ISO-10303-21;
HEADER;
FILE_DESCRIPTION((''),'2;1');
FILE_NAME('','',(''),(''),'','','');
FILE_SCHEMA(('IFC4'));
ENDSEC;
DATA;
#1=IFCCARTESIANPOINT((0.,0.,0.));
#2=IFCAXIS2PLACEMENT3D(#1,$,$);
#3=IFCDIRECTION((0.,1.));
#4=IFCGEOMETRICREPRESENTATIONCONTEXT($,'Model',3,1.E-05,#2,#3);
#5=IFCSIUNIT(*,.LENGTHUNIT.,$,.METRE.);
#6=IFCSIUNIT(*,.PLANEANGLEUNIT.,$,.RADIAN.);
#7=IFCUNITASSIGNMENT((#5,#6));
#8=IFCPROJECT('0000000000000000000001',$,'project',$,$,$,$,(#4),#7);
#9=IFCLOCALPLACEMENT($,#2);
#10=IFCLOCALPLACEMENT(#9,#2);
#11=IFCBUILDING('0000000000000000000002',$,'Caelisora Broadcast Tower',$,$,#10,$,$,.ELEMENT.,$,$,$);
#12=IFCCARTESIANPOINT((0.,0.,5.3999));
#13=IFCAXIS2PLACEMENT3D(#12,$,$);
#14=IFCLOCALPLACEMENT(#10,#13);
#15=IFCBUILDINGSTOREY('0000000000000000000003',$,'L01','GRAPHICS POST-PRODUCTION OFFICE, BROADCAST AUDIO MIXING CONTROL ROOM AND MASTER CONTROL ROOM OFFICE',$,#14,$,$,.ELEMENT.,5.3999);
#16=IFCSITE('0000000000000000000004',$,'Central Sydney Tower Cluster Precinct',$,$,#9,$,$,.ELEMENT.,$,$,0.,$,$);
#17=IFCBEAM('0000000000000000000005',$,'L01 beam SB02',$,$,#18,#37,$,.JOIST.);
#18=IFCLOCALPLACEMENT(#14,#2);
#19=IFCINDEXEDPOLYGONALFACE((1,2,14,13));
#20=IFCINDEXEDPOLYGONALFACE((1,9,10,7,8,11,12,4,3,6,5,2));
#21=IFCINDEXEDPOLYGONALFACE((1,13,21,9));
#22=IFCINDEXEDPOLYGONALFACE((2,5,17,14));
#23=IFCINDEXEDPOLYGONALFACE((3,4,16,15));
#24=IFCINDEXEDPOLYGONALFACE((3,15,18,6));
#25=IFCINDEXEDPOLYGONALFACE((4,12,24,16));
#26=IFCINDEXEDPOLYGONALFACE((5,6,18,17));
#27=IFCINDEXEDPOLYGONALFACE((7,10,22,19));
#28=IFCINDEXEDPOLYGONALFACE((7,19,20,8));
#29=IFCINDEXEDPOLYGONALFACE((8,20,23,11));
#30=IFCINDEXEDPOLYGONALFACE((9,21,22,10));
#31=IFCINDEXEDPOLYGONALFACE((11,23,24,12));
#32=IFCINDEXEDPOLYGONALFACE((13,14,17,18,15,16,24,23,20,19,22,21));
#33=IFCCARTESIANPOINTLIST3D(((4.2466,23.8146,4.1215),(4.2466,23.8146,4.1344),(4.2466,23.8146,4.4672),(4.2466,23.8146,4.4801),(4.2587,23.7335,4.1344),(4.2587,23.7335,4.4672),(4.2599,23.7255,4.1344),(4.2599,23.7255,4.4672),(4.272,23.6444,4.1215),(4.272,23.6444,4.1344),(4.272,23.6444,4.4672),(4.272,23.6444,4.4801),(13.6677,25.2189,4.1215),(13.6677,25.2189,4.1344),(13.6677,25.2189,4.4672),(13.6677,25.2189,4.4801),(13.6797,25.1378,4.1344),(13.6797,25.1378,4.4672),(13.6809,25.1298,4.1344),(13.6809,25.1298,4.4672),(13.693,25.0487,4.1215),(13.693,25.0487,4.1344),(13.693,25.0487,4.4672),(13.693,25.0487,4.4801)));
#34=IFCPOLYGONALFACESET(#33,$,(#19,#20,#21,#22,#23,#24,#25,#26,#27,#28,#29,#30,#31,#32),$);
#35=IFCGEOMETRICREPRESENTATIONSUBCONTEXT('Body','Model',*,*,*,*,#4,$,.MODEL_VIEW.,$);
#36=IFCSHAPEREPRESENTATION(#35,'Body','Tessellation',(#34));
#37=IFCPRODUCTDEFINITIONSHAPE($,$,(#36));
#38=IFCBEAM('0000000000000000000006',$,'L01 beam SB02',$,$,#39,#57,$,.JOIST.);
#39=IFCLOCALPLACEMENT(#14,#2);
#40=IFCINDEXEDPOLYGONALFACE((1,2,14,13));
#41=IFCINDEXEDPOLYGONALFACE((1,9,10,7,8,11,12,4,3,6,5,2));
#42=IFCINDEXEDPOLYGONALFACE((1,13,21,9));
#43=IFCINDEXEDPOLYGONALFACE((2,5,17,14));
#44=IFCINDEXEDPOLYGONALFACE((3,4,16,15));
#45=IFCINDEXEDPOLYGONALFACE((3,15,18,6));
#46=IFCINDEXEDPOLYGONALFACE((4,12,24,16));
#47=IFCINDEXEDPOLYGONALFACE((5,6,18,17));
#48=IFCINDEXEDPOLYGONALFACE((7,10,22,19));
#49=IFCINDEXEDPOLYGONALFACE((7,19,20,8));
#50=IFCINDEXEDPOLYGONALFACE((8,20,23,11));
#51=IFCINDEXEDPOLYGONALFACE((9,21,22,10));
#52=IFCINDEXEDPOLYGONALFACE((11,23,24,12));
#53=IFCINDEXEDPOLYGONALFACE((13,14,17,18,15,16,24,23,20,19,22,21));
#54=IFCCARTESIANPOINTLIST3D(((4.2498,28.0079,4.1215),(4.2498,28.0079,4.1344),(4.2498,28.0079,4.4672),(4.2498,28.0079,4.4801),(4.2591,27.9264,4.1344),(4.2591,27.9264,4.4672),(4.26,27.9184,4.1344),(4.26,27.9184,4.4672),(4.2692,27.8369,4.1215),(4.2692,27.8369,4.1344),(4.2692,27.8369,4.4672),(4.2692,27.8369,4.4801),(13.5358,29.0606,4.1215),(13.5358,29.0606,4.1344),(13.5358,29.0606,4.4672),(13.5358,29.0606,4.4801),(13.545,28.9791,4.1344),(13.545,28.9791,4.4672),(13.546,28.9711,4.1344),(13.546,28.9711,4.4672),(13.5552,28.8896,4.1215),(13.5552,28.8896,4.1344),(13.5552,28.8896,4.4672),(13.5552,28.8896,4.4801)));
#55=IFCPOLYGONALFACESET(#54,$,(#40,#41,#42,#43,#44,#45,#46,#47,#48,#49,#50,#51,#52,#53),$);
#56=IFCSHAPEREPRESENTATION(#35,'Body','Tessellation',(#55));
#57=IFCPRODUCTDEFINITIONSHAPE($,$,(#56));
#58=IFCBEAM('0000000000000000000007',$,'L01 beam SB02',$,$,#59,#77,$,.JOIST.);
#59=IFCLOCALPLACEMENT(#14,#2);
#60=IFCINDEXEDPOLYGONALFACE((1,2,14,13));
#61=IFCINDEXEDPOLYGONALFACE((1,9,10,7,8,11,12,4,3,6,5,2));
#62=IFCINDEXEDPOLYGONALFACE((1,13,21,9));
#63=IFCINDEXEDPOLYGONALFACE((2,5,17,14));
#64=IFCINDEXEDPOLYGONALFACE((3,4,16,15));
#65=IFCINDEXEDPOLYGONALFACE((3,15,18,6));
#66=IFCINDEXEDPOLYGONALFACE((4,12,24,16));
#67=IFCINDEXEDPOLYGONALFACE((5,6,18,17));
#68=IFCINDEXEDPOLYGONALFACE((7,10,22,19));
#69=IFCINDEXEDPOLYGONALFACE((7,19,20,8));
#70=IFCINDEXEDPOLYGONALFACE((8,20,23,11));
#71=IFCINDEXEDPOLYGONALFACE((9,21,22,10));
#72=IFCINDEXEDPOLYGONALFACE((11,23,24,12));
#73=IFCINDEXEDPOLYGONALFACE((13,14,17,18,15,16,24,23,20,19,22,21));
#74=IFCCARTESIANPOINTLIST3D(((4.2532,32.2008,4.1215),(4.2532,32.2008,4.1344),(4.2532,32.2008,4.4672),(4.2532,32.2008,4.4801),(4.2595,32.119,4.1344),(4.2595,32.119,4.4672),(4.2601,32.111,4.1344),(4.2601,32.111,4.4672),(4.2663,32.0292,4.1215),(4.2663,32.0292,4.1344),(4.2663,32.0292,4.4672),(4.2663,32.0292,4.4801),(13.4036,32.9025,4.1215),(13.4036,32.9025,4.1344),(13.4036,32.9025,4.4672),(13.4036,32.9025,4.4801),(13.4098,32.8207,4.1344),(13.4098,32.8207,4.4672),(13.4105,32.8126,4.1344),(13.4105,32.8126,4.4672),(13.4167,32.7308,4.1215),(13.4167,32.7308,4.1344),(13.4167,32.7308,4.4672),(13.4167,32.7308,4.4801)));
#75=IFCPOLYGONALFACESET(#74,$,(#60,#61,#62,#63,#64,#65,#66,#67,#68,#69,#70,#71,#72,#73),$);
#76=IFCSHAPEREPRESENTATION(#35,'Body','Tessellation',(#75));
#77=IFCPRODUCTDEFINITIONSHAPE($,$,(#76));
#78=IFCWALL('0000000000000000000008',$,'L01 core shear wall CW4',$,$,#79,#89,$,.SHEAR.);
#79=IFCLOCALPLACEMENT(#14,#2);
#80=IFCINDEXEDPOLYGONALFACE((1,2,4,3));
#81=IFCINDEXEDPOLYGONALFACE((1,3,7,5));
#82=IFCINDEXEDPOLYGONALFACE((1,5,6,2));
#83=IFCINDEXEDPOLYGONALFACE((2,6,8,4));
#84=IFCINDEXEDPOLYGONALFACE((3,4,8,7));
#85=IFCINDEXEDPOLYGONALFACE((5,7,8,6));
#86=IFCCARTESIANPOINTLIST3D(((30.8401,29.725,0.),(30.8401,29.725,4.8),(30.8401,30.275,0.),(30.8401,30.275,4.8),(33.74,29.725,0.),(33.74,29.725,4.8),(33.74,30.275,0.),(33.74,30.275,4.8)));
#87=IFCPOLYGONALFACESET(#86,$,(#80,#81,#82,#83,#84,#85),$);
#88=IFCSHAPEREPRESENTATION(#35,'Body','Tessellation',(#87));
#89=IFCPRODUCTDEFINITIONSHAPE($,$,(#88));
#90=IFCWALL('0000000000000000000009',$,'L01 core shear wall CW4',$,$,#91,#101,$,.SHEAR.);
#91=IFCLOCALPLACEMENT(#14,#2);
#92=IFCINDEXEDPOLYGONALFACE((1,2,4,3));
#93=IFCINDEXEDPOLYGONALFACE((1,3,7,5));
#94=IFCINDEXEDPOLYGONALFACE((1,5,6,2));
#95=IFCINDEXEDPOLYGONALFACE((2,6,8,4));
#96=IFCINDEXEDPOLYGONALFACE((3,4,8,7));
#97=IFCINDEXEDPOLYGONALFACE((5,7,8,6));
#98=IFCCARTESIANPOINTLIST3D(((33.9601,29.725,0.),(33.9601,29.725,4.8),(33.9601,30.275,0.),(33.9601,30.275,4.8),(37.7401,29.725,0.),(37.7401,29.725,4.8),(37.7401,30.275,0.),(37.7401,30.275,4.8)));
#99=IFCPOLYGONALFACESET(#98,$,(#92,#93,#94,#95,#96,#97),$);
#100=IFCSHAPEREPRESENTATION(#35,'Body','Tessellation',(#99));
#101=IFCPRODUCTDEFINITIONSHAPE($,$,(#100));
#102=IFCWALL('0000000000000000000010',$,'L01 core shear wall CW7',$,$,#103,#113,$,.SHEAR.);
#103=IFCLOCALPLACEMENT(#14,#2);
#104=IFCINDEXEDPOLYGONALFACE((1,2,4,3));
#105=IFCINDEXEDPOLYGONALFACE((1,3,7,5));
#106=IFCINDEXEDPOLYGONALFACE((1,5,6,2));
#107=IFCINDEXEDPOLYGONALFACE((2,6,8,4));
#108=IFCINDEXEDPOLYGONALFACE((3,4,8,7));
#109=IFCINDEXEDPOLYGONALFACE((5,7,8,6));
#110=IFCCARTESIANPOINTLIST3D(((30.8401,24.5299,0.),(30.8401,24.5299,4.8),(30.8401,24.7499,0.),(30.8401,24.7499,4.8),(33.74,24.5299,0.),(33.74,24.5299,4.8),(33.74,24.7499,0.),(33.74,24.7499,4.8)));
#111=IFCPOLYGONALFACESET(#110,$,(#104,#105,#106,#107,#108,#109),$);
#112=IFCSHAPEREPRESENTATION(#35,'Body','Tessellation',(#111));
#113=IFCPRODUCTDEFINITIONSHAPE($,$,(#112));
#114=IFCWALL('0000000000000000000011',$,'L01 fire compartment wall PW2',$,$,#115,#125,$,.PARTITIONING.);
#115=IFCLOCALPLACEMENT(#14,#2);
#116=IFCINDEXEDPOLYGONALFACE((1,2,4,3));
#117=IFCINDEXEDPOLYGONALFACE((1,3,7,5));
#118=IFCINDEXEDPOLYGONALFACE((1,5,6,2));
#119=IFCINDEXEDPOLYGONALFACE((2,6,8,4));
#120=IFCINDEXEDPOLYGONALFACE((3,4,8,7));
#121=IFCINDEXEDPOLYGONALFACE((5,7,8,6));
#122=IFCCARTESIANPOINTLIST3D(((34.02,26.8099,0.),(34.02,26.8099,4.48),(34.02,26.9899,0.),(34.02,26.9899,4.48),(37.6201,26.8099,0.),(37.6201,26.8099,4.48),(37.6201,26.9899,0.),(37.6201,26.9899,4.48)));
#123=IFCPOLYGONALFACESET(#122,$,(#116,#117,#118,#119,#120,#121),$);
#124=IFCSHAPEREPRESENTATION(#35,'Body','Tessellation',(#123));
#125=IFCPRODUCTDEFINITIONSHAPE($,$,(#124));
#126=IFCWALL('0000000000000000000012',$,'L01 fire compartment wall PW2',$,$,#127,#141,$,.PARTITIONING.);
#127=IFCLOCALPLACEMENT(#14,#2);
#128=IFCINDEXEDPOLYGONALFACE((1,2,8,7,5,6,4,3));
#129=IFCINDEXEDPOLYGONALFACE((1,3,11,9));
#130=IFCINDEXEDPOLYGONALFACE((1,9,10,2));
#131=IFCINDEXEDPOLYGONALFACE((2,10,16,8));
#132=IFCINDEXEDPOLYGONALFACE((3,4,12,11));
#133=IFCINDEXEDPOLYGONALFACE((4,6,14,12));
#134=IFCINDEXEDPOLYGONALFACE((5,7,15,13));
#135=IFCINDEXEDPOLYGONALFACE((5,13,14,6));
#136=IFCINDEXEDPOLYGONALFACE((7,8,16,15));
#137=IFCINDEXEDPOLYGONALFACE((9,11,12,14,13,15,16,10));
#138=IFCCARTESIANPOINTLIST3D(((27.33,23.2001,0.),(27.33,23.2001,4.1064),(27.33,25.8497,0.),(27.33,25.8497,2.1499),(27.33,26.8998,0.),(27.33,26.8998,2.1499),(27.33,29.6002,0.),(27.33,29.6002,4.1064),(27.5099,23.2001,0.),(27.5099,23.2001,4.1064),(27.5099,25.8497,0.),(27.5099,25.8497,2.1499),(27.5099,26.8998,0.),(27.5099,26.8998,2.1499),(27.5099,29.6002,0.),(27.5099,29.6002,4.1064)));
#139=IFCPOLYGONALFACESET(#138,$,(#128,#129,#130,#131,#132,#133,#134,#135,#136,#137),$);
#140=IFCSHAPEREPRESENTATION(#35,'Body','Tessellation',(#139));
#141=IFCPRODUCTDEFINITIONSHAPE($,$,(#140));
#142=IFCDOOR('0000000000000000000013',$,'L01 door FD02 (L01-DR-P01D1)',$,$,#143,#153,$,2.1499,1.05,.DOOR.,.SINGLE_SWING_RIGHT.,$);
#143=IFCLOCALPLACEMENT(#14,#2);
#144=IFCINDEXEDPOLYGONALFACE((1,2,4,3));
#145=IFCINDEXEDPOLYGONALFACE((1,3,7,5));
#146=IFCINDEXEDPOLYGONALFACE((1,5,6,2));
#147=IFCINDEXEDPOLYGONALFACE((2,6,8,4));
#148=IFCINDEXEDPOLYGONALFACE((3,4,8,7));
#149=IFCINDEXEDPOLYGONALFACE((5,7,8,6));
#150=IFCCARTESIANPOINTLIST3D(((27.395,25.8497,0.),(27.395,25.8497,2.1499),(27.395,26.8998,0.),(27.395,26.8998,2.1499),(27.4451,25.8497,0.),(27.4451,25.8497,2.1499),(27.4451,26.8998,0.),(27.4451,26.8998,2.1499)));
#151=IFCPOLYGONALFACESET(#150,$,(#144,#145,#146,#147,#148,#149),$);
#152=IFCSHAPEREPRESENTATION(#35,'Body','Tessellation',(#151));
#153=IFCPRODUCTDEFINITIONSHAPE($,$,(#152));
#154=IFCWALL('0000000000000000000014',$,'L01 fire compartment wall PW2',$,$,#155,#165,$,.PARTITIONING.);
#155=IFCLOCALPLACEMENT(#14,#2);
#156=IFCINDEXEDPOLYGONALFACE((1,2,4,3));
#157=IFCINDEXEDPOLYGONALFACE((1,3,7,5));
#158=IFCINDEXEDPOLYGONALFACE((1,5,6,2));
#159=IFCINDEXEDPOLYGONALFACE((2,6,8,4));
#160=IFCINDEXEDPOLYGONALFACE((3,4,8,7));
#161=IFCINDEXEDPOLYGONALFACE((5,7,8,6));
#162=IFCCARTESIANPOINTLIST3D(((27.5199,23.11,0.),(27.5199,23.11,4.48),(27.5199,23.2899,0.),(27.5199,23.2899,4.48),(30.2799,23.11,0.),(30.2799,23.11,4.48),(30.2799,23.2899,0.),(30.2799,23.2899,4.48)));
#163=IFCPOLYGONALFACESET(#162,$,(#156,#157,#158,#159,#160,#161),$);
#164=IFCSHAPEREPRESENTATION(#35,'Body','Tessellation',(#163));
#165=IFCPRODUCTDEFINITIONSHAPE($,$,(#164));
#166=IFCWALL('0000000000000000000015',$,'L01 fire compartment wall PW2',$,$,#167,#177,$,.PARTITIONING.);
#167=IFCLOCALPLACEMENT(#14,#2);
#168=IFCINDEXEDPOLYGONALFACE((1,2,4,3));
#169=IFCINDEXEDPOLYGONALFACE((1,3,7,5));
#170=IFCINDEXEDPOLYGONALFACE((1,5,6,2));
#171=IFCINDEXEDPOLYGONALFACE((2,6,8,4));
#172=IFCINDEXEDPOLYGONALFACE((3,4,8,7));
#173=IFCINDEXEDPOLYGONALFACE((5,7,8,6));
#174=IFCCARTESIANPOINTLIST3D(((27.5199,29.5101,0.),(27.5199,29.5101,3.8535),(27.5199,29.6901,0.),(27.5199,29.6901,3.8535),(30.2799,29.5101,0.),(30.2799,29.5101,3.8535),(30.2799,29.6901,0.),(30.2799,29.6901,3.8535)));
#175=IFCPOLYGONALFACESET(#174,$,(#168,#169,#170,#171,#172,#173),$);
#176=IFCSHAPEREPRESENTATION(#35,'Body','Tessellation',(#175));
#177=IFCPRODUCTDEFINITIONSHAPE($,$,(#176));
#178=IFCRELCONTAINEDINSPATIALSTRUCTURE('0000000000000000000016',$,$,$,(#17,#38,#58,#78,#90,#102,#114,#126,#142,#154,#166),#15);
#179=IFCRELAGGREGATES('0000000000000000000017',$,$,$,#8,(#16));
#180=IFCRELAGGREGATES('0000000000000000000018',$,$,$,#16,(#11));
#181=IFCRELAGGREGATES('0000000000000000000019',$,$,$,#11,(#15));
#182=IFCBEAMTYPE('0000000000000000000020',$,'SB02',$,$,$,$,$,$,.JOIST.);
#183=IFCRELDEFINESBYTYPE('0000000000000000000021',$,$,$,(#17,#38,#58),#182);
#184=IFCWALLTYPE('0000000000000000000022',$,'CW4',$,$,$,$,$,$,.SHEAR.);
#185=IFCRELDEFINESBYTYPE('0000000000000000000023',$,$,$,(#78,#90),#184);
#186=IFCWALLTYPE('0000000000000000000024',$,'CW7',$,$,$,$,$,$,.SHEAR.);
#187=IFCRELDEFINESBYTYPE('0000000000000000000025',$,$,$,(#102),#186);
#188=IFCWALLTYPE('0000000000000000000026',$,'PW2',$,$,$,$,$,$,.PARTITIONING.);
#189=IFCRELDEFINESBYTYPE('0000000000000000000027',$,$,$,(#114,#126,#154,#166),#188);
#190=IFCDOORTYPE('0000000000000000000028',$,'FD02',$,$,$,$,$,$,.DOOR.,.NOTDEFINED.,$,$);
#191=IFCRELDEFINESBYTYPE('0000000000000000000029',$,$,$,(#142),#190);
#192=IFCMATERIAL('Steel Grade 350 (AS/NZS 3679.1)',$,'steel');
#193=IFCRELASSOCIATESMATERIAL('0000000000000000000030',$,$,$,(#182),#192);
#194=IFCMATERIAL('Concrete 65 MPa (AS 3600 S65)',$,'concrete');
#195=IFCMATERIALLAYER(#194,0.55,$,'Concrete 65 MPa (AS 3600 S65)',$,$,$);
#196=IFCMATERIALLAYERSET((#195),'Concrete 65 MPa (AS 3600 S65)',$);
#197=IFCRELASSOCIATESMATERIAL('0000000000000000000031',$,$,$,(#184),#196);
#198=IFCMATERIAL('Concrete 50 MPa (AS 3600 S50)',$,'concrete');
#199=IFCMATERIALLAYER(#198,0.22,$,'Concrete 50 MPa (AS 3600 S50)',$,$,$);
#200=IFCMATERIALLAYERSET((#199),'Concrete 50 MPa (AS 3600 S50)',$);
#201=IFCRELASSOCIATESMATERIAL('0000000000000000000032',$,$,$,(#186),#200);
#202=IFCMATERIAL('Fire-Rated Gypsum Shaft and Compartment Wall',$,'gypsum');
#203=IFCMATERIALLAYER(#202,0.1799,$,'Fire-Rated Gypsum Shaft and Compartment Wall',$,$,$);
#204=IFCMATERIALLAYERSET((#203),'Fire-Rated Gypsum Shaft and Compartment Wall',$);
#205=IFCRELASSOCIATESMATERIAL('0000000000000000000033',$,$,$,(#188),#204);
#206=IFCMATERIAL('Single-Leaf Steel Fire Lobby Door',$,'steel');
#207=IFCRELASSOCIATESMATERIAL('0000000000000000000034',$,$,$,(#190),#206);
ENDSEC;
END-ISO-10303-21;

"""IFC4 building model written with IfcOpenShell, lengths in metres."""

from ifc_helpers import new_model, si_unit, direction, frame, frame_2d, origin, origin_2d, place, context, subcontext, project, spatial, rectangle, i_section, extrude, source, transform, mapped, material, layer, layer_set, material_profile, profile_set, type_object, type_shapes, element, fill, save


model = new_model("IFC4")

# Units and contexts
model_context = context("Model", 3, precision=1e-05, world=origin(), true_north=direction((0.0, 1.0)))
body_context = subcontext(model_context, "Body", "Model", "MODEL_VIEW")
ifc_project = project(units=[si_unit("LENGTHUNIT", "METRE"), si_unit("PLANEANGLEUNIT", "RADIAN")], contexts=[model_context])

# Site, building, storey
site_placement = place(None, origin())
site = spatial("IfcSite", under=ifc_project, at=site_placement, Name="Central Sydney Tower Cluster Precinct", CompositionType="ELEMENT", RefElevation=0.0)
building_placement = place(site_placement, origin())
building = spatial("IfcBuilding", under=site, at=building_placement, Name="Caelisora Broadcast Tower", CompositionType="ELEMENT")
storey_placement = place(building_placement, frame((0.0, 0.0, 5.3999)))
storey = spatial("IfcBuildingStorey", under=building, at=storey_placement, Name="L01", Description="GRAPHICS POST-PRODUCTION OFFICE, BROADCAST AUDIO MIXING CONTROL ROOM AND MASTER CONTROL ROOM OFFICE", CompositionType="ELEMENT", Elevation=5.3999)

# Shared definitions
ifc_material_1 = material(Name="Steel Grade 350 (AS/NZS 3679.1)", Category="steel")

# Beams
ifc_material_profile_1 = material_profile(ifc_material_1, i_section(OverallWidth=0.1721, OverallDepth=0.3586, WebThickness=0.0081, FlangeThickness=0.0129, at=origin_2d()), Name="Steel Grade 350 (AS/NZS 3679.1)")
ifc_profile_set_1 = profile_set([ifc_material_profile_1], Name="Steel Grade 350 (AS/NZS 3679.1)")
beam_type_1 = type_object("IfcBeamType", Name="SB02", PredefinedType="JOIST", material=ifc_profile_set_1)
shared_shape_1 = source(origin(), body_context, "Body", "SweptSolid", [
    extrude(i_section(OverallWidth=0.1721, OverallDepth=0.3586, WebThickness=0.0081, FlangeThickness=0.0129, at=origin_2d()), origin(), (0.0, 0.0, 1.0), 9.5251),
])
beam_1_placement = place(storey_placement, frame((4.2593, 23.7295, 4.3008), z_axis=(0.989073, 0.147429, 0.0), x_axis=(-0.147429, 0.989073, 0.0)))
element("IfcBeam", 1, at=beam_1_placement, inside=storey, type_object=beam_type_1, Name="L01 beam SB02", PredefinedType="JOIST", context=body_context, shape_type="MappedRepresentation", body=[
    mapped(shared_shape_1, transform((0.0, 0.0, 0.0), scale=1.0)),
])
shared_shape_2 = source(origin(), body_context, "Body", "SweptSolid", [
    extrude(i_section(OverallWidth=0.1721, OverallDepth=0.3586, WebThickness=0.0081, FlangeThickness=0.0129, at=origin_2d()), origin(), (0.0, 0.0, 1.0), 9.3455),
])
beam_2_placement = place(storey_placement, frame((4.2595, 27.9224, 4.3008), z_axis=(0.993635, 0.112648, 0.0), x_axis=(-0.112648, 0.993635, 0.0)))
element("IfcBeam", 2, at=beam_2_placement, inside=storey, type_object=beam_type_1, Name="L01 beam SB02", PredefinedType="JOIST", context=body_context, shape_type="MappedRepresentation", body=[
    mapped(shared_shape_2, transform((0.0, 0.0, 0.0), scale=1.0)),
])
shared_shape_3 = source(origin(), body_context, "Body", "SweptSolid", [
    extrude(i_section(OverallWidth=0.1721, OverallDepth=0.3586, WebThickness=0.0081, FlangeThickness=0.0129, at=origin_2d()), origin(), (0.0, 0.0, 1.0), 9.1772),
])
type_shapes(beam_type_1, [shared_shape_1, shared_shape_2, shared_shape_3])
beam_3_placement = place(storey_placement, frame((4.2598, 32.115, 4.3008), z_axis=(0.997073, 0.076456, 0.0), x_axis=(-0.076456, 0.997073, 0.0)))
element("IfcBeam", 3, at=beam_3_placement, inside=storey, type_object=beam_type_1, Name="L01 beam SB02", PredefinedType="JOIST", context=body_context, shape_type="MappedRepresentation", body=[
    mapped(shared_shape_3, transform((0.0, 0.0, 0.0), scale=1.0)),
])

# Walls
ifc_material_2 = material(Name="Concrete 65 MPa (AS 3600 S65)", Category="concrete")
ifc_layer_1 = layer(ifc_material_2, 0.55, Name="Concrete 65 MPa (AS 3600 S65)")
ifc_layer_set_1 = layer_set([ifc_layer_1], Name="Concrete 65 MPa (AS 3600 S65)")
wall_type_1 = type_object("IfcWallType", Name="CW4", PredefinedType="SHEAR", material=ifc_layer_set_1)
wall_1_placement = place(storey_placement, frame((30.8401, 30.0, 0.0), z_axis=(0.0, 0.0, 1.0), x_axis=(1.0, 0.0, 0.0)))
element("IfcWall", 4, at=wall_1_placement, inside=storey, type_object=wall_type_1, Name="L01 core shear wall CW4", PredefinedType="SHEAR", context=body_context, shape_type="SweptSolid", body=[
    extrude(rectangle(XDim=2.8999, YDim=0.55, at=frame_2d((1.45, 0.0))), origin(), (0.0, 0.0, 1.0), 4.8),
])
wall_2_placement = place(storey_placement, frame((33.96, 30.0, 0.0), z_axis=(0.0, 0.0, 1.0), x_axis=(1.0, 0.0, 0.0)))
element("IfcWall", 5, at=wall_2_placement, inside=storey, type_object=wall_type_1, Name="L01 core shear wall CW4", PredefinedType="SHEAR", context=body_context, shape_type="SweptSolid", body=[
    extrude(rectangle(XDim=3.78, YDim=0.55, at=frame_2d((1.8901, 0.0))), origin(), (0.0, 0.0, 1.0), 4.8),
])
ifc_material_3 = material(Name="Concrete 50 MPa (AS 3600 S50)", Category="concrete")
ifc_layer_2 = layer(ifc_material_3, 0.22, Name="Concrete 50 MPa (AS 3600 S50)")
ifc_layer_set_2 = layer_set([ifc_layer_2], Name="Concrete 50 MPa (AS 3600 S50)")
wall_type_2 = type_object("IfcWallType", Name="CW7", PredefinedType="SHEAR", material=ifc_layer_set_2)
wall_3_placement = place(storey_placement, frame((30.8401, 24.6399, 0.0), z_axis=(0.0, 0.0, 1.0), x_axis=(1.0, 0.0, 0.0)))
element("IfcWall", 6, at=wall_3_placement, inside=storey, type_object=wall_type_2, Name="L01 core shear wall CW7", PredefinedType="SHEAR", context=body_context, shape_type="SweptSolid", body=[
    extrude(rectangle(XDim=2.8999, YDim=0.22, at=frame_2d((1.45, 0.0))), origin(), (0.0, 0.0, 1.0), 4.8),
])
ifc_material_4 = material(Name="Fire-Rated Gypsum Shaft and Compartment Wall", Category="gypsum")
ifc_layer_3 = layer(ifc_material_4, 0.1799, Name="Fire-Rated Gypsum Shaft and Compartment Wall")
ifc_layer_set_3 = layer_set([ifc_layer_3], Name="Fire-Rated Gypsum Shaft and Compartment Wall")
wall_type_3 = type_object("IfcWallType", Name="PW2", PredefinedType="PARTITIONING", material=ifc_layer_set_3)
wall_4_placement = place(storey_placement, frame((34.02, 26.8999, 0.0), z_axis=(0.0, 0.0, 1.0), x_axis=(1.0, 0.0, 0.0)))
element("IfcWall", 7, at=wall_4_placement, inside=storey, type_object=wall_type_3, Name="L01 fire compartment wall PW2", PredefinedType="PARTITIONING", context=body_context, shape_type="SweptSolid", body=[
    extrude(rectangle(XDim=3.6001, YDim=0.1799, at=frame_2d((1.8, 0.0))), origin(), (0.0, 0.0, 1.0), 4.48),
])

# Wall, opening, door
wall_5_placement = place(storey_placement, frame((27.4199, 23.2, 0.0), z_axis=(0.0, 0.0, 1.0), x_axis=(0.0, 1.0, 0.0)))
wall_5 = element("IfcWall", 8, at=wall_5_placement, inside=storey, type_object=wall_type_3, Name="L01 fire compartment wall PW2", PredefinedType="PARTITIONING", context=body_context, shape_type="SweptSolid", body=[
    extrude(rectangle(XDim=6.4001, YDim=0.1799, at=frame_2d((3.2002, 0.0))), origin(), (0.0, 0.0, 1.0), 4.1064),
])
opening_1_placement = place(wall_5_placement, frame((2.6499, 0.0, 0.0)))
opening_1 = element("IfcOpeningElement", 9, at=opening_1_placement, cuts=wall_5, PredefinedType="OPENING", context=body_context, shape_type="SweptSolid", body=[
    extrude(rectangle(XDim=1.05, YDim=2.1499, at=frame_2d((0.5249, 1.075))), frame((0.0, 0.1021, 0.0), z_axis=(0.0, -1.0, 0.0), x_axis=(1.0, 0.0, 0.0)), (0.0, 0.0, 1.0), 0.2039),
])
ifc_material_5 = material(Name="Single-Leaf Steel Fire Lobby Door", Category="steel")
door_type_1 = type_object("IfcDoorType", Name="FD02", OperationType="NOTDEFINED", PredefinedType="DOOR", material=ifc_material_5)
door_1_placement = place(opening_1_placement, origin())
door_1 = element("IfcDoor", 10, at=door_1_placement, inside=storey, type_object=door_type_1, Name="L01 door FD02 (L01-DR-P01D1)", OperationType="SINGLE_SWING_RIGHT", OverallHeight=2.1499, OverallWidth=1.05, PredefinedType="DOOR", context=body_context, shape_type="SweptSolid", body=[
    extrude(rectangle(XDim=1.05, YDim=2.1499, at=frame_2d((0.5249, 1.075))), frame((0.0, 0.0249, 0.0), z_axis=(0.0, -1.0, 0.0), x_axis=(1.0, 0.0, 0.0)), (0.0, 0.0, 1.0), 0.05),
])
fill(opening_1, door_1)

# Walls
wall_6_placement = place(storey_placement, frame((27.52, 23.2, 0.0), z_axis=(0.0, 0.0, 1.0), x_axis=(1.0, 0.0, 0.0)))
element("IfcWall", 11, at=wall_6_placement, inside=storey, type_object=wall_type_3, Name="L01 fire compartment wall PW2", PredefinedType="PARTITIONING", context=body_context, shape_type="SweptSolid", body=[
    extrude(rectangle(XDim=2.76, YDim=0.1799, at=frame_2d((1.3799, 0.0))), origin(), (0.0, 0.0, 1.0), 4.48),
])
wall_7_placement = place(storey_placement, frame((27.52, 29.6001, 0.0), z_axis=(0.0, 0.0, 1.0), x_axis=(1.0, 0.0, 0.0)))
element("IfcWall", 12, at=wall_7_placement, inside=storey, type_object=wall_type_3, Name="L01 fire compartment wall PW2", PredefinedType="PARTITIONING", context=body_context, shape_type="SweptSolid", body=[
    extrude(rectangle(XDim=2.76, YDim=0.1799, at=frame_2d((1.3799, 0.0))), origin(), (0.0, 0.0, 1.0), 3.8535),
])

save(model, "model.ifc")
